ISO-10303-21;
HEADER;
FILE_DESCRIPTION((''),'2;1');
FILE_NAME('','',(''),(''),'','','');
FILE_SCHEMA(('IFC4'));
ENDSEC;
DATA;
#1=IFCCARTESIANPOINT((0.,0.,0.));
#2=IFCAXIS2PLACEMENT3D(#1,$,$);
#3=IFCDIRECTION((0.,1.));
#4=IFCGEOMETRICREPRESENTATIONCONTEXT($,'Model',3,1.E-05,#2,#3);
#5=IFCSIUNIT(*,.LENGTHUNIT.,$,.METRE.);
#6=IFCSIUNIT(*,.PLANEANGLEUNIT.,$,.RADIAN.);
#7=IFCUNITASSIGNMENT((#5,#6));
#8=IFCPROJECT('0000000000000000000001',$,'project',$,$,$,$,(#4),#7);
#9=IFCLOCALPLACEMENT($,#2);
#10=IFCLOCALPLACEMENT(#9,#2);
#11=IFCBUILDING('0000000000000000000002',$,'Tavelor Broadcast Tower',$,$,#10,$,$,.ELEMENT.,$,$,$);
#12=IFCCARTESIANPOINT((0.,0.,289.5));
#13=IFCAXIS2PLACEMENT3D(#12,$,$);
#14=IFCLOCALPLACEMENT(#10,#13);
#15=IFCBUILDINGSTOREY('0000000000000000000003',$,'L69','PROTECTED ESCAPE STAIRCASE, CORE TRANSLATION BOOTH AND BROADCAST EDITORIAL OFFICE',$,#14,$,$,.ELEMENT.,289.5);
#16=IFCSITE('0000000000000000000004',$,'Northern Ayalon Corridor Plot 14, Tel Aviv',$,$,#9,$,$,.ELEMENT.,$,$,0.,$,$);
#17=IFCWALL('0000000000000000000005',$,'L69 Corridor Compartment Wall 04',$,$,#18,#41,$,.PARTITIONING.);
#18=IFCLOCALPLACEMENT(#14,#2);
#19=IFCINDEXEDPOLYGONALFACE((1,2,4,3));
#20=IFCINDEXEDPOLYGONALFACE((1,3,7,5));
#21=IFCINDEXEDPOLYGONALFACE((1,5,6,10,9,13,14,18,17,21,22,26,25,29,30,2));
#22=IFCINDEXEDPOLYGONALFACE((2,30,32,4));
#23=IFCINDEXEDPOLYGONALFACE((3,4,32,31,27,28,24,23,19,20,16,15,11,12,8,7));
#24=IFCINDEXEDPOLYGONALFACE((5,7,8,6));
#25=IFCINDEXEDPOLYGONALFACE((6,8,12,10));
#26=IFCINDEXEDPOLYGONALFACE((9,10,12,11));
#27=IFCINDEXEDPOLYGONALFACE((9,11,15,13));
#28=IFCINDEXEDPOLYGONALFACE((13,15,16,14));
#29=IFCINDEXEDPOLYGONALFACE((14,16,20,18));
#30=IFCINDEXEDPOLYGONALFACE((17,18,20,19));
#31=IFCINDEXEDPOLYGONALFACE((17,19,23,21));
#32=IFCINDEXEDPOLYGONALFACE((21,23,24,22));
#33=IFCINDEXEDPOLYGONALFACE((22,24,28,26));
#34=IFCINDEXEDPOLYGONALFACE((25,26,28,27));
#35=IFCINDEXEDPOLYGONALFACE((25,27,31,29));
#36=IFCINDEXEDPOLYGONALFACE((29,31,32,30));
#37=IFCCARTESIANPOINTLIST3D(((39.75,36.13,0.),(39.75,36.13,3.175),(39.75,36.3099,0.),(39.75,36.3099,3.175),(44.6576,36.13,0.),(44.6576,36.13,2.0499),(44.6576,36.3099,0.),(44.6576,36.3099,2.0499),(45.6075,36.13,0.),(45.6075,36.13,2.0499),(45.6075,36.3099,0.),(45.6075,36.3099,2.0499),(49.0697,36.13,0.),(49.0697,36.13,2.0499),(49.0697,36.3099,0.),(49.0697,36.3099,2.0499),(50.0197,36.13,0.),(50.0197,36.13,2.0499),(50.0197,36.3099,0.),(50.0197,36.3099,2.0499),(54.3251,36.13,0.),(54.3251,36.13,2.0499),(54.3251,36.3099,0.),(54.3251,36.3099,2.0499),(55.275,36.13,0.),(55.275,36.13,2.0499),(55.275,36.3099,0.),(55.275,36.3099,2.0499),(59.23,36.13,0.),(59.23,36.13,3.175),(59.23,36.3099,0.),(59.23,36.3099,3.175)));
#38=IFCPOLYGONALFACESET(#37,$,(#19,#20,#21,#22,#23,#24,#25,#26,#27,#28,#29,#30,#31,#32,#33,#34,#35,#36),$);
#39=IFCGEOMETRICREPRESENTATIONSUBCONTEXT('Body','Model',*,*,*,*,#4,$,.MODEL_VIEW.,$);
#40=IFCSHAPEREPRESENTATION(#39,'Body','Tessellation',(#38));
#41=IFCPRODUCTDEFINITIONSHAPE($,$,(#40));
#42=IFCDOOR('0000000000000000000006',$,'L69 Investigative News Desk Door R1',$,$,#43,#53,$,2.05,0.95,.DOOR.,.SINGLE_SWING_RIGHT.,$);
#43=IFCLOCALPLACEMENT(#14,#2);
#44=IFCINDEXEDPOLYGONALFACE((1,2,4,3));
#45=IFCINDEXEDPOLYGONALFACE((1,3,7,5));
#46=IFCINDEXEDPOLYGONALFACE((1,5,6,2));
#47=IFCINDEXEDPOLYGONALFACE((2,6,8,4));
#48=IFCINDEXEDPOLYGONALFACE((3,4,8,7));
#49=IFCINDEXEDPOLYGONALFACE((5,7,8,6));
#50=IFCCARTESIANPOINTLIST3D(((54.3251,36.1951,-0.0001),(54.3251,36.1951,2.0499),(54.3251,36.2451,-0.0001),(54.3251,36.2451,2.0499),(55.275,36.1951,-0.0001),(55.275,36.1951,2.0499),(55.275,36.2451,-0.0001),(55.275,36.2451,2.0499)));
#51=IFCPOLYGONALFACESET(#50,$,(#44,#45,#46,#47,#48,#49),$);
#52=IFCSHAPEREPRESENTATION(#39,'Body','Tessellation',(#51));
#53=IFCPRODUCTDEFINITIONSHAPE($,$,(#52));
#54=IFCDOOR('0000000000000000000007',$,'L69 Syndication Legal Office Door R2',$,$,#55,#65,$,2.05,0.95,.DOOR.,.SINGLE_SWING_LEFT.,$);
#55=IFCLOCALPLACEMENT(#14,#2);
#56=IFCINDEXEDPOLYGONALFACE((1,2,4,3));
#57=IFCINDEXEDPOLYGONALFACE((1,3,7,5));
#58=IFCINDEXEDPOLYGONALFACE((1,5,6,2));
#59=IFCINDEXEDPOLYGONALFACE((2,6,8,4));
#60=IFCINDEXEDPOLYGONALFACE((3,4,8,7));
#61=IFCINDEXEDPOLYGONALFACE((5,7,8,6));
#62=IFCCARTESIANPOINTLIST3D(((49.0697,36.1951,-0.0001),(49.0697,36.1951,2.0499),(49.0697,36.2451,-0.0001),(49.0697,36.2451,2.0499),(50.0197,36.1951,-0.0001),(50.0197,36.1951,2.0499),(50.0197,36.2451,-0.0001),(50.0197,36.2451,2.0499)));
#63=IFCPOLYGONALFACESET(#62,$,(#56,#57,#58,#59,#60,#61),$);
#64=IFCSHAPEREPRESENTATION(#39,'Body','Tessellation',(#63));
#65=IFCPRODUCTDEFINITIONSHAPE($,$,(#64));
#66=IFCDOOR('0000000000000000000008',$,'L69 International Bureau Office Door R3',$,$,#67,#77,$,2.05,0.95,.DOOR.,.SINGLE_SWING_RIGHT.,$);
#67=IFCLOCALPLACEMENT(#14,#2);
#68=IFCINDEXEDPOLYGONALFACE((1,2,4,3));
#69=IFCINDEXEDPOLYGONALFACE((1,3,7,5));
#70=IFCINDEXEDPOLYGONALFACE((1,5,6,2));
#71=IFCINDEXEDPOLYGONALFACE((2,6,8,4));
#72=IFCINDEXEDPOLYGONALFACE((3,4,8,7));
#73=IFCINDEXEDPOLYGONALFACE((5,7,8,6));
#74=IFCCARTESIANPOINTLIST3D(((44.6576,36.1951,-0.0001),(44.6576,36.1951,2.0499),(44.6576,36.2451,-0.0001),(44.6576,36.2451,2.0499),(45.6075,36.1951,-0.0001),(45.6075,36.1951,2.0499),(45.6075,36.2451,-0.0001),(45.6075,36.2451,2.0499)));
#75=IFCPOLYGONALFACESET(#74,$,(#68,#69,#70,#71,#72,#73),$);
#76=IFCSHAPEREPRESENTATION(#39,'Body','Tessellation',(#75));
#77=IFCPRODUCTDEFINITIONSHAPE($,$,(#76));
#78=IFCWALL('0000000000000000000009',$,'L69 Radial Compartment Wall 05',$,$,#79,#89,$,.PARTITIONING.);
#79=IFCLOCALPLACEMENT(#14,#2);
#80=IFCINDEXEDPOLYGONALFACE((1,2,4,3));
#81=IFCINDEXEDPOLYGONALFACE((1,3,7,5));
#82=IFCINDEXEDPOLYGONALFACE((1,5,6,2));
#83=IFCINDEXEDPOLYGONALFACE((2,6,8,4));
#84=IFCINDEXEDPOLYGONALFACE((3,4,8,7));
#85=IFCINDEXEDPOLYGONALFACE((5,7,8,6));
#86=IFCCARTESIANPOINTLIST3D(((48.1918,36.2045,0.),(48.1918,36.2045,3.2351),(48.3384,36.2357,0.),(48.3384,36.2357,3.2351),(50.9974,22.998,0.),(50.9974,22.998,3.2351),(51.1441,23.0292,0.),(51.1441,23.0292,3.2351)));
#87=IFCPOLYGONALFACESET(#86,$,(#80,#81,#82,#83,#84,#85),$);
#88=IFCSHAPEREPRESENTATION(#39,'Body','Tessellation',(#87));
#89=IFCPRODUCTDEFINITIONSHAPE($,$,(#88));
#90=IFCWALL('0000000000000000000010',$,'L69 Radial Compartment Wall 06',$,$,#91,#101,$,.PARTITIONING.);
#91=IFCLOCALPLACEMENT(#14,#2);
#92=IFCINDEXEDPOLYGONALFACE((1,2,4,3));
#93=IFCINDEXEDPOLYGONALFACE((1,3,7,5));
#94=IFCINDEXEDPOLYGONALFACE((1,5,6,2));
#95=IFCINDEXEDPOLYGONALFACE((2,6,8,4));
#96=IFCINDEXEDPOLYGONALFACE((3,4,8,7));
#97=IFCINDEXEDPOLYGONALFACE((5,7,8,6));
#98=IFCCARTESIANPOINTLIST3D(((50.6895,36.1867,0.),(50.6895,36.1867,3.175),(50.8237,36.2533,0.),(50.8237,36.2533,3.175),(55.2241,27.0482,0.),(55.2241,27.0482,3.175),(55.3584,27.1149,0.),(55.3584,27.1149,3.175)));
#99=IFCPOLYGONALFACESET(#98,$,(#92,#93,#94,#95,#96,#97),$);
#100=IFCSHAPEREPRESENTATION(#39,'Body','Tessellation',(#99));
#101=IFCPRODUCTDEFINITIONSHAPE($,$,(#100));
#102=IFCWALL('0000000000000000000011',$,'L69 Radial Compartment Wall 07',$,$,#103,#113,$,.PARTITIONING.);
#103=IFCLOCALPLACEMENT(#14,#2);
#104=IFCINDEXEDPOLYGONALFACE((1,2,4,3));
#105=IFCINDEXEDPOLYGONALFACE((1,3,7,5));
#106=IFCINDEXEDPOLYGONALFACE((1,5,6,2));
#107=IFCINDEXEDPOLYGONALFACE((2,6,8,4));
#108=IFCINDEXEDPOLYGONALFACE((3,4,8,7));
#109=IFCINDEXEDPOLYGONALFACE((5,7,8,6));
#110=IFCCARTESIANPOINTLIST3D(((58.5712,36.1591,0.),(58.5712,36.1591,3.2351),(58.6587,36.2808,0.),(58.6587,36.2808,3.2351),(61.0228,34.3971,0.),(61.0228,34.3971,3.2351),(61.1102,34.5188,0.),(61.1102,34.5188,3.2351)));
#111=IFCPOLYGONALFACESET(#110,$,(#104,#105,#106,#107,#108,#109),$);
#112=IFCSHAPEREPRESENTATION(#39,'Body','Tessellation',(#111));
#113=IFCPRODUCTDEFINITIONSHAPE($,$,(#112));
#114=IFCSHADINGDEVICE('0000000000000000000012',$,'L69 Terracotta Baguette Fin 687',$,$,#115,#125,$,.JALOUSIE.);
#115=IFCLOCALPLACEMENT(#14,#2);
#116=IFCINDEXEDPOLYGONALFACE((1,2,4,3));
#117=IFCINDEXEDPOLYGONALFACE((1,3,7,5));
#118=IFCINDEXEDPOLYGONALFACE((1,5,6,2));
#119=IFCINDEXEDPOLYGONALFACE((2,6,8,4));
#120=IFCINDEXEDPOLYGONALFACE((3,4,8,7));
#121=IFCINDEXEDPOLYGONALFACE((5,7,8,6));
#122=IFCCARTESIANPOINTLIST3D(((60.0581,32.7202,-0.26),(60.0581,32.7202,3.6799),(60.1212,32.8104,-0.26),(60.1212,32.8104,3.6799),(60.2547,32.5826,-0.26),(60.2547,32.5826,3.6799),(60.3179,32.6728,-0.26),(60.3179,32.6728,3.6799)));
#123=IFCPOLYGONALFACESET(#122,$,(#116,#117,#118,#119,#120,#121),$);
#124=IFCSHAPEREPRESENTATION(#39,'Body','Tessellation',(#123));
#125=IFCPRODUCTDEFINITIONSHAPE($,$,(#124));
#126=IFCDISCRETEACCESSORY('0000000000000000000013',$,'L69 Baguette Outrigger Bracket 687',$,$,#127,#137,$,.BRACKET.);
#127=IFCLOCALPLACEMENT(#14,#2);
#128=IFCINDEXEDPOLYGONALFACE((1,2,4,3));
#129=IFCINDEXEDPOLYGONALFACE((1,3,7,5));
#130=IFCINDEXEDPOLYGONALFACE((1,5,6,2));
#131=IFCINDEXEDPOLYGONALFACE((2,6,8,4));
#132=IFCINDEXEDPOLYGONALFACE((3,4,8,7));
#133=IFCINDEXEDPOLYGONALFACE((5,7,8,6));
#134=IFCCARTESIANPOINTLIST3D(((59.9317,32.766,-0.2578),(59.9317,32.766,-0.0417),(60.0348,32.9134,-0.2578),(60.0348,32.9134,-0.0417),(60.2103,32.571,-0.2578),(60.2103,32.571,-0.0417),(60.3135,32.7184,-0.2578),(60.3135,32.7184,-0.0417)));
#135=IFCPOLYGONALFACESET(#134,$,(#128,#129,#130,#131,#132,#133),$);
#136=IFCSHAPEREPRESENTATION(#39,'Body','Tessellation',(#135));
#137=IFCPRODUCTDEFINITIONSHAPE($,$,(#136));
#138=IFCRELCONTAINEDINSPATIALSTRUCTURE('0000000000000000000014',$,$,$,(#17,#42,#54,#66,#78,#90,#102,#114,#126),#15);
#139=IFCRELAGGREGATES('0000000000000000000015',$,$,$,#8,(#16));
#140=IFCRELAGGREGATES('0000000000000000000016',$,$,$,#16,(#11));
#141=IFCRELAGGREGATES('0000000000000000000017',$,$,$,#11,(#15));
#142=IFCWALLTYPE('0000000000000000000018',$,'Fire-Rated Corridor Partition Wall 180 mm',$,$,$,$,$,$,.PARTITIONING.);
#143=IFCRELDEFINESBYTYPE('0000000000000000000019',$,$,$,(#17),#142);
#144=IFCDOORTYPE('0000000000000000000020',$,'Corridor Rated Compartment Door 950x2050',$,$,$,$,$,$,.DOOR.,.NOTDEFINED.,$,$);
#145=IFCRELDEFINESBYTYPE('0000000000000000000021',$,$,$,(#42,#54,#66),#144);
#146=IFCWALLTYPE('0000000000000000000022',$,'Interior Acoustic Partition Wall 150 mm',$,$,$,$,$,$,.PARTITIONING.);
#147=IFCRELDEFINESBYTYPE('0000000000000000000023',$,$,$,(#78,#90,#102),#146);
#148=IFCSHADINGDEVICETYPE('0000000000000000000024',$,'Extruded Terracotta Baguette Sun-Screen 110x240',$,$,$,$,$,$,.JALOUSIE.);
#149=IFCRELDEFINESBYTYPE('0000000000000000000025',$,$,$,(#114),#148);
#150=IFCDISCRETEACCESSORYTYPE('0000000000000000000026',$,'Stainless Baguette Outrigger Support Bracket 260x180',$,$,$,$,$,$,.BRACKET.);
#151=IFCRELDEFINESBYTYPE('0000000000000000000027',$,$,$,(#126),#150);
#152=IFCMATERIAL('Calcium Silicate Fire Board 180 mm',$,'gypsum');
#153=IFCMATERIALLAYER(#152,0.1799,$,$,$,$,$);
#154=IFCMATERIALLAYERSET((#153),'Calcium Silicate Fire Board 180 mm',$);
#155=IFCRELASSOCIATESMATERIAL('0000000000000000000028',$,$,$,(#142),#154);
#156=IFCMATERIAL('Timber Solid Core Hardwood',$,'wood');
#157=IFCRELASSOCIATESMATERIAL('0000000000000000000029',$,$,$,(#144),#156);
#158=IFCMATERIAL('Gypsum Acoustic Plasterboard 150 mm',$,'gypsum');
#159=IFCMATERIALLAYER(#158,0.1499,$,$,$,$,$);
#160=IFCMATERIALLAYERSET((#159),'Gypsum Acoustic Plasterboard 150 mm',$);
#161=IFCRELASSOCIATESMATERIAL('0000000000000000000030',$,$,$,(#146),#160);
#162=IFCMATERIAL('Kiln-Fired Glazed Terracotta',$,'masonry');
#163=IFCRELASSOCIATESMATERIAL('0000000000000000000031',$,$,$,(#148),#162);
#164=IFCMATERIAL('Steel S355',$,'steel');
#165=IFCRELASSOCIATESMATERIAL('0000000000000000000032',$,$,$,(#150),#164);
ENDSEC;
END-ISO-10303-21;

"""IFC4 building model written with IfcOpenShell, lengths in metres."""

from ifc_helpers import new_model, si_unit, direction, frame, frame_2d, origin, origin_2d, place, context, subcontext, project, spatial, rectangle, extrude, source, transform, mapped, material, layer, layer_set, type_object, type_shapes, element, fill, save


model = new_model("IFC4")

# Units and contexts
model_context = context("Model", 3, precision=1e-05, world=origin(), true_north=direction((0.0, 1.0)))
body_context = subcontext(model_context, "Body", "Model", "MODEL_VIEW")
ifc_project = project(units=[si_unit("LENGTHUNIT", "METRE"), si_unit("PLANEANGLEUNIT", "RADIAN")], contexts=[model_context])

# Site, building, storey
site_placement = place(None, origin())
site = spatial("IfcSite", under=ifc_project, at=site_placement, Name="Northern Ayalon Corridor Plot 14, Tel Aviv", CompositionType="ELEMENT", RefElevation=0.0)
building_placement = place(site_placement, origin())
building = spatial("IfcBuilding", under=site, at=building_placement, Name="Tavelor Broadcast Tower", CompositionType="ELEMENT")
storey_placement = place(building_placement, frame((0.0, 0.0, 289.5)))
storey = spatial("IfcBuildingStorey", under=building, at=storey_placement, Name="L69", Description="PROTECTED ESCAPE STAIRCASE, CORE TRANSLATION BOOTH AND BROADCAST EDITORIAL OFFICE", CompositionType="ELEMENT", Elevation=289.5)

# Shared definitions
ifc_material_1 = material(Name="Steel S355", Category="steel")

# Wall, openings, doors
ifc_material_2 = material(Name="Calcium Silicate Fire Board 180 mm", Category="gypsum")
ifc_layer_1 = layer(ifc_material_2, 0.1799)
ifc_layer_set_1 = layer_set([ifc_layer_1], Name="Calcium Silicate Fire Board 180 mm")
wall_type_1 = type_object("IfcWallType", Name="Fire-Rated Corridor Partition Wall 180 mm", PredefinedType="PARTITIONING", material=ifc_layer_set_1)
wall_1_placement = place(storey_placement, frame((59.23, 36.22, 0.0), z_axis=(0.0, 0.0, 1.0), x_axis=(-1.0, 0.0, 0.0)))
wall_1 = element("IfcWall", 1, at=wall_1_placement, inside=storey, type_object=wall_type_1, Name="L69 Corridor Compartment Wall 04", PredefinedType="PARTITIONING", context=body_context, shape_type="SweptSolid", body=[
    extrude(rectangle(XDim=19.48, YDim=0.1799, at=frame_2d((9.74, 0.0))), origin(), (0.0, 0.0, 1.0), 3.175),
])
opening_1_placement = place(wall_1_placement, frame((3.9548, 0.0, 0.0)))
opening_1 = element("IfcOpeningElement", 2, at=opening_1_placement, cuts=wall_1, PredefinedType="OPENING", context=body_context, shape_type="SweptSolid", body=[
    extrude(rectangle(XDim=0.95, YDim=2.05, at=frame_2d((0.4751, 1.0249))), frame((0.0, 0.1001, 0.0), z_axis=(0.0, -1.0, 0.0), x_axis=(1.0, 0.0, 0.0)), (0.0, 0.0, 1.0), 0.2),
])
opening_2_placement = place(wall_1_placement, frame((9.2102, 0.0, 0.0)))
opening_2 = element("IfcOpeningElement", 3, at=opening_2_placement, cuts=wall_1, PredefinedType="OPENING", context=body_context, shape_type="SweptSolid", body=[
    extrude(rectangle(XDim=0.95, YDim=2.05, at=frame_2d((0.4751, 1.0249))), frame((0.0, 0.1001, 0.0), z_axis=(0.0, -1.0, 0.0), x_axis=(1.0, 0.0, 0.0)), (0.0, 0.0, 1.0), 0.2),
])
opening_3_placement = place(wall_1_placement, frame((13.6223, 0.0, 0.0)))
opening_3 = element("IfcOpeningElement", 4, at=opening_3_placement, cuts=wall_1, PredefinedType="OPENING", context=body_context, shape_type="SweptSolid", body=[
    extrude(rectangle(XDim=0.95, YDim=2.05, at=frame_2d((0.4751, 1.0249))), frame((0.0, 0.1001, 0.0), z_axis=(0.0, -1.0, 0.0), x_axis=(1.0, 0.0, 0.0)), (0.0, 0.0, 1.0), 0.2),
])
ifc_material_3 = material(Name="Timber Solid Core Hardwood", Category="wood")
door_type = type_object("IfcDoorType", Name="Corridor Rated Compartment Door 950x2050", OperationType="NOTDEFINED", PredefinedType="DOOR", material=ifc_material_3)
door_1_placement = place(opening_1_placement, origin())
door_1 = element("IfcDoor", 5, at=door_1_placement, inside=storey, type_object=door_type, Name="L69 Investigative News Desk Door R1", OperationType="SINGLE_SWING_RIGHT", OverallHeight=2.05, OverallWidth=0.95, PredefinedType="DOOR", context=body_context, shape_type="SweptSolid", body=[
    extrude(rectangle(XDim=0.95, YDim=2.05, at=frame_2d((0.4751, 1.0249))), frame((0.0, 0.0249, 0.0), z_axis=(0.0, -1.0, 0.0), x_axis=(1.0, 0.0, 0.0)), (0.0, 0.0, 1.0), 0.05),
])
fill(opening_1, door_1)
door_2_placement = place(opening_2_placement, origin())
door_2 = element("IfcDoor", 6, at=door_2_placement, inside=storey, type_object=door_type, Name="L69 Syndication Legal Office Door R2", OperationType="SINGLE_SWING_LEFT", OverallHeight=2.05, OverallWidth=0.95, PredefinedType="DOOR", context=body_context, shape_type="SweptSolid", body=[
    extrude(rectangle(XDim=0.95, YDim=2.05, at=frame_2d((0.4751, 1.0249))), frame((0.0, 0.0249, 0.0), z_axis=(0.0, -1.0, 0.0), x_axis=(1.0, 0.0, 0.0)), (0.0, 0.0, 1.0), 0.05),
])
fill(opening_2, door_2)
door_3_placement = place(opening_3_placement, origin())
door_3 = element("IfcDoor", 7, at=door_3_placement, inside=storey, type_object=door_type, Name="L69 International Bureau Office Door R3", OperationType="SINGLE_SWING_RIGHT", OverallHeight=2.05, OverallWidth=0.95, PredefinedType="DOOR", context=body_context, shape_type="SweptSolid", body=[
    extrude(rectangle(XDim=0.95, YDim=2.05, at=frame_2d((0.4751, 1.0249))), frame((0.0, 0.0249, 0.0), z_axis=(0.0, -1.0, 0.0), x_axis=(1.0, 0.0, 0.0)), (0.0, 0.0, 1.0), 0.05),
])
fill(opening_3, door_3)

# Walls
ifc_material_4 = material(Name="Gypsum Acoustic Plasterboard 150 mm", Category="gypsum")
ifc_layer_2 = layer(ifc_material_4, 0.1499)
ifc_layer_set_2 = layer_set([ifc_layer_2], Name="Gypsum Acoustic Plasterboard 150 mm")
wall_type_2 = type_object("IfcWallType", Name="Interior Acoustic Partition Wall 150 mm", PredefinedType="PARTITIONING", material=ifc_layer_set_2)
wall_2_placement = place(storey_placement, frame((48.2651, 36.22, 0.0), z_axis=(0.0, 0.0, 1.0), x_axis=(0.207807, -0.97817, 0.0)))
element("IfcWall", 8, at=wall_2_placement, inside=storey, type_object=wall_type_2, Name="L69 Radial Compartment Wall 05", PredefinedType="PARTITIONING", context=body_context, shape_type="SweptSolid", body=[
    extrude(rectangle(XDim=13.5012, YDim=0.1499, at=frame_2d((6.7505, 0.0))), origin(), (0.0, 0.0, 1.0), 3.2351),
])
wall_3_placement = place(storey_placement, frame((50.7566, 36.22, 0.0), z_axis=(0.0, 0.0, 1.0), x_axis=(0.444503, -0.895778, 0.0)))
element("IfcWall", 9, at=wall_3_placement, inside=storey, type_object=wall_type_2, Name="L69 Radial Compartment Wall 06", PredefinedType="PARTITIONING", context=body_context, shape_type="SweptSolid", body=[
    extrude(rectangle(XDim=10.2017, YDim=0.1499, at=frame_2d((5.1008, 0.0))), origin(), (0.0, 0.0, 1.0), 3.175),
])
wall_4_placement = place(storey_placement, frame((58.615, 36.22, 0.0), z_axis=(0.0, 0.0, 1.0), x_axis=(0.812014, -0.583638, 0.0)))
element("IfcWall", 10, at=wall_4_placement, inside=storey, type_object=wall_type_2, Name="L69 Radial Compartment Wall 07", PredefinedType="PARTITIONING", context=body_context, shape_type="SweptSolid", body=[
    extrude(rectangle(XDim=3.019, YDim=0.1499, at=frame_2d((1.5095, 0.0))), origin(), (0.0, 0.0, 1.0), 3.2351),
])

# Shading device
ifc_material_5 = material(Name="Kiln-Fired Glazed Terracotta", Category="masonry")
shading_device_type = type_object("IfcShadingDeviceType", Name="Extruded Terracotta Baguette Sun-Screen 110x240", PredefinedType="JALOUSIE", material=ifc_material_5)
shared_shape_1 = source(origin(), body_context, "Body", "SweptSolid", [
    extrude(rectangle(XDim=0.1101, YDim=0.24, at=origin_2d()), origin(), (0.0, 0.0, 1.0), 3.9399),
])
type_shapes(shading_device_type, [shared_shape_1])
shading_device_placement = place(storey_placement, frame((60.188, 32.6965, -0.26), z_axis=(0.0, 0.0, 1.0), x_axis=(0.57329, 0.819352, 0.0)))
element("IfcShadingDevice", 11, at=shading_device_placement, inside=storey, type_object=shading_device_type, Name="L69 Terracotta Baguette Fin 687", PredefinedType="JALOUSIE", context=body_context, shape_type="MappedRepresentation", body=[
    mapped(shared_shape_1, transform((0.0, 0.0, 0.0), scale=1.0)),
])

# Discrete accessory
discrete_accessory_type = type_object("IfcDiscreteAccessoryType", Name="Stainless Baguette Outrigger Support Bracket 260x180", PredefinedType="BRACKET", material=ifc_material_1)
shared_shape_2 = source(origin(), body_context, "Body", "SweptSolid", [
    extrude(rectangle(XDim=0.1799, YDim=0.3401, at=origin_2d()), origin(), (0.0, 0.0, 1.0), 0.2161),
])
type_shapes(discrete_accessory_type, [shared_shape_2])
discrete_accessory_placement = place(storey_placement, frame((60.1226, 32.7422, -0.2578), z_axis=(0.0, 0.0, 1.0), x_axis=(0.57329, 0.819352, 0.0)))
element("IfcDiscreteAccessory", 12, at=discrete_accessory_placement, inside=storey, type_object=discrete_accessory_type, Name="L69 Baguette Outrigger Bracket 687", PredefinedType="BRACKET", context=body_context, shape_type="MappedRepresentation", body=[
    mapped(shared_shape_2, transform((0.0, 0.0, 0.0), scale=1.0)),
])

save(model, "model.ifc")
